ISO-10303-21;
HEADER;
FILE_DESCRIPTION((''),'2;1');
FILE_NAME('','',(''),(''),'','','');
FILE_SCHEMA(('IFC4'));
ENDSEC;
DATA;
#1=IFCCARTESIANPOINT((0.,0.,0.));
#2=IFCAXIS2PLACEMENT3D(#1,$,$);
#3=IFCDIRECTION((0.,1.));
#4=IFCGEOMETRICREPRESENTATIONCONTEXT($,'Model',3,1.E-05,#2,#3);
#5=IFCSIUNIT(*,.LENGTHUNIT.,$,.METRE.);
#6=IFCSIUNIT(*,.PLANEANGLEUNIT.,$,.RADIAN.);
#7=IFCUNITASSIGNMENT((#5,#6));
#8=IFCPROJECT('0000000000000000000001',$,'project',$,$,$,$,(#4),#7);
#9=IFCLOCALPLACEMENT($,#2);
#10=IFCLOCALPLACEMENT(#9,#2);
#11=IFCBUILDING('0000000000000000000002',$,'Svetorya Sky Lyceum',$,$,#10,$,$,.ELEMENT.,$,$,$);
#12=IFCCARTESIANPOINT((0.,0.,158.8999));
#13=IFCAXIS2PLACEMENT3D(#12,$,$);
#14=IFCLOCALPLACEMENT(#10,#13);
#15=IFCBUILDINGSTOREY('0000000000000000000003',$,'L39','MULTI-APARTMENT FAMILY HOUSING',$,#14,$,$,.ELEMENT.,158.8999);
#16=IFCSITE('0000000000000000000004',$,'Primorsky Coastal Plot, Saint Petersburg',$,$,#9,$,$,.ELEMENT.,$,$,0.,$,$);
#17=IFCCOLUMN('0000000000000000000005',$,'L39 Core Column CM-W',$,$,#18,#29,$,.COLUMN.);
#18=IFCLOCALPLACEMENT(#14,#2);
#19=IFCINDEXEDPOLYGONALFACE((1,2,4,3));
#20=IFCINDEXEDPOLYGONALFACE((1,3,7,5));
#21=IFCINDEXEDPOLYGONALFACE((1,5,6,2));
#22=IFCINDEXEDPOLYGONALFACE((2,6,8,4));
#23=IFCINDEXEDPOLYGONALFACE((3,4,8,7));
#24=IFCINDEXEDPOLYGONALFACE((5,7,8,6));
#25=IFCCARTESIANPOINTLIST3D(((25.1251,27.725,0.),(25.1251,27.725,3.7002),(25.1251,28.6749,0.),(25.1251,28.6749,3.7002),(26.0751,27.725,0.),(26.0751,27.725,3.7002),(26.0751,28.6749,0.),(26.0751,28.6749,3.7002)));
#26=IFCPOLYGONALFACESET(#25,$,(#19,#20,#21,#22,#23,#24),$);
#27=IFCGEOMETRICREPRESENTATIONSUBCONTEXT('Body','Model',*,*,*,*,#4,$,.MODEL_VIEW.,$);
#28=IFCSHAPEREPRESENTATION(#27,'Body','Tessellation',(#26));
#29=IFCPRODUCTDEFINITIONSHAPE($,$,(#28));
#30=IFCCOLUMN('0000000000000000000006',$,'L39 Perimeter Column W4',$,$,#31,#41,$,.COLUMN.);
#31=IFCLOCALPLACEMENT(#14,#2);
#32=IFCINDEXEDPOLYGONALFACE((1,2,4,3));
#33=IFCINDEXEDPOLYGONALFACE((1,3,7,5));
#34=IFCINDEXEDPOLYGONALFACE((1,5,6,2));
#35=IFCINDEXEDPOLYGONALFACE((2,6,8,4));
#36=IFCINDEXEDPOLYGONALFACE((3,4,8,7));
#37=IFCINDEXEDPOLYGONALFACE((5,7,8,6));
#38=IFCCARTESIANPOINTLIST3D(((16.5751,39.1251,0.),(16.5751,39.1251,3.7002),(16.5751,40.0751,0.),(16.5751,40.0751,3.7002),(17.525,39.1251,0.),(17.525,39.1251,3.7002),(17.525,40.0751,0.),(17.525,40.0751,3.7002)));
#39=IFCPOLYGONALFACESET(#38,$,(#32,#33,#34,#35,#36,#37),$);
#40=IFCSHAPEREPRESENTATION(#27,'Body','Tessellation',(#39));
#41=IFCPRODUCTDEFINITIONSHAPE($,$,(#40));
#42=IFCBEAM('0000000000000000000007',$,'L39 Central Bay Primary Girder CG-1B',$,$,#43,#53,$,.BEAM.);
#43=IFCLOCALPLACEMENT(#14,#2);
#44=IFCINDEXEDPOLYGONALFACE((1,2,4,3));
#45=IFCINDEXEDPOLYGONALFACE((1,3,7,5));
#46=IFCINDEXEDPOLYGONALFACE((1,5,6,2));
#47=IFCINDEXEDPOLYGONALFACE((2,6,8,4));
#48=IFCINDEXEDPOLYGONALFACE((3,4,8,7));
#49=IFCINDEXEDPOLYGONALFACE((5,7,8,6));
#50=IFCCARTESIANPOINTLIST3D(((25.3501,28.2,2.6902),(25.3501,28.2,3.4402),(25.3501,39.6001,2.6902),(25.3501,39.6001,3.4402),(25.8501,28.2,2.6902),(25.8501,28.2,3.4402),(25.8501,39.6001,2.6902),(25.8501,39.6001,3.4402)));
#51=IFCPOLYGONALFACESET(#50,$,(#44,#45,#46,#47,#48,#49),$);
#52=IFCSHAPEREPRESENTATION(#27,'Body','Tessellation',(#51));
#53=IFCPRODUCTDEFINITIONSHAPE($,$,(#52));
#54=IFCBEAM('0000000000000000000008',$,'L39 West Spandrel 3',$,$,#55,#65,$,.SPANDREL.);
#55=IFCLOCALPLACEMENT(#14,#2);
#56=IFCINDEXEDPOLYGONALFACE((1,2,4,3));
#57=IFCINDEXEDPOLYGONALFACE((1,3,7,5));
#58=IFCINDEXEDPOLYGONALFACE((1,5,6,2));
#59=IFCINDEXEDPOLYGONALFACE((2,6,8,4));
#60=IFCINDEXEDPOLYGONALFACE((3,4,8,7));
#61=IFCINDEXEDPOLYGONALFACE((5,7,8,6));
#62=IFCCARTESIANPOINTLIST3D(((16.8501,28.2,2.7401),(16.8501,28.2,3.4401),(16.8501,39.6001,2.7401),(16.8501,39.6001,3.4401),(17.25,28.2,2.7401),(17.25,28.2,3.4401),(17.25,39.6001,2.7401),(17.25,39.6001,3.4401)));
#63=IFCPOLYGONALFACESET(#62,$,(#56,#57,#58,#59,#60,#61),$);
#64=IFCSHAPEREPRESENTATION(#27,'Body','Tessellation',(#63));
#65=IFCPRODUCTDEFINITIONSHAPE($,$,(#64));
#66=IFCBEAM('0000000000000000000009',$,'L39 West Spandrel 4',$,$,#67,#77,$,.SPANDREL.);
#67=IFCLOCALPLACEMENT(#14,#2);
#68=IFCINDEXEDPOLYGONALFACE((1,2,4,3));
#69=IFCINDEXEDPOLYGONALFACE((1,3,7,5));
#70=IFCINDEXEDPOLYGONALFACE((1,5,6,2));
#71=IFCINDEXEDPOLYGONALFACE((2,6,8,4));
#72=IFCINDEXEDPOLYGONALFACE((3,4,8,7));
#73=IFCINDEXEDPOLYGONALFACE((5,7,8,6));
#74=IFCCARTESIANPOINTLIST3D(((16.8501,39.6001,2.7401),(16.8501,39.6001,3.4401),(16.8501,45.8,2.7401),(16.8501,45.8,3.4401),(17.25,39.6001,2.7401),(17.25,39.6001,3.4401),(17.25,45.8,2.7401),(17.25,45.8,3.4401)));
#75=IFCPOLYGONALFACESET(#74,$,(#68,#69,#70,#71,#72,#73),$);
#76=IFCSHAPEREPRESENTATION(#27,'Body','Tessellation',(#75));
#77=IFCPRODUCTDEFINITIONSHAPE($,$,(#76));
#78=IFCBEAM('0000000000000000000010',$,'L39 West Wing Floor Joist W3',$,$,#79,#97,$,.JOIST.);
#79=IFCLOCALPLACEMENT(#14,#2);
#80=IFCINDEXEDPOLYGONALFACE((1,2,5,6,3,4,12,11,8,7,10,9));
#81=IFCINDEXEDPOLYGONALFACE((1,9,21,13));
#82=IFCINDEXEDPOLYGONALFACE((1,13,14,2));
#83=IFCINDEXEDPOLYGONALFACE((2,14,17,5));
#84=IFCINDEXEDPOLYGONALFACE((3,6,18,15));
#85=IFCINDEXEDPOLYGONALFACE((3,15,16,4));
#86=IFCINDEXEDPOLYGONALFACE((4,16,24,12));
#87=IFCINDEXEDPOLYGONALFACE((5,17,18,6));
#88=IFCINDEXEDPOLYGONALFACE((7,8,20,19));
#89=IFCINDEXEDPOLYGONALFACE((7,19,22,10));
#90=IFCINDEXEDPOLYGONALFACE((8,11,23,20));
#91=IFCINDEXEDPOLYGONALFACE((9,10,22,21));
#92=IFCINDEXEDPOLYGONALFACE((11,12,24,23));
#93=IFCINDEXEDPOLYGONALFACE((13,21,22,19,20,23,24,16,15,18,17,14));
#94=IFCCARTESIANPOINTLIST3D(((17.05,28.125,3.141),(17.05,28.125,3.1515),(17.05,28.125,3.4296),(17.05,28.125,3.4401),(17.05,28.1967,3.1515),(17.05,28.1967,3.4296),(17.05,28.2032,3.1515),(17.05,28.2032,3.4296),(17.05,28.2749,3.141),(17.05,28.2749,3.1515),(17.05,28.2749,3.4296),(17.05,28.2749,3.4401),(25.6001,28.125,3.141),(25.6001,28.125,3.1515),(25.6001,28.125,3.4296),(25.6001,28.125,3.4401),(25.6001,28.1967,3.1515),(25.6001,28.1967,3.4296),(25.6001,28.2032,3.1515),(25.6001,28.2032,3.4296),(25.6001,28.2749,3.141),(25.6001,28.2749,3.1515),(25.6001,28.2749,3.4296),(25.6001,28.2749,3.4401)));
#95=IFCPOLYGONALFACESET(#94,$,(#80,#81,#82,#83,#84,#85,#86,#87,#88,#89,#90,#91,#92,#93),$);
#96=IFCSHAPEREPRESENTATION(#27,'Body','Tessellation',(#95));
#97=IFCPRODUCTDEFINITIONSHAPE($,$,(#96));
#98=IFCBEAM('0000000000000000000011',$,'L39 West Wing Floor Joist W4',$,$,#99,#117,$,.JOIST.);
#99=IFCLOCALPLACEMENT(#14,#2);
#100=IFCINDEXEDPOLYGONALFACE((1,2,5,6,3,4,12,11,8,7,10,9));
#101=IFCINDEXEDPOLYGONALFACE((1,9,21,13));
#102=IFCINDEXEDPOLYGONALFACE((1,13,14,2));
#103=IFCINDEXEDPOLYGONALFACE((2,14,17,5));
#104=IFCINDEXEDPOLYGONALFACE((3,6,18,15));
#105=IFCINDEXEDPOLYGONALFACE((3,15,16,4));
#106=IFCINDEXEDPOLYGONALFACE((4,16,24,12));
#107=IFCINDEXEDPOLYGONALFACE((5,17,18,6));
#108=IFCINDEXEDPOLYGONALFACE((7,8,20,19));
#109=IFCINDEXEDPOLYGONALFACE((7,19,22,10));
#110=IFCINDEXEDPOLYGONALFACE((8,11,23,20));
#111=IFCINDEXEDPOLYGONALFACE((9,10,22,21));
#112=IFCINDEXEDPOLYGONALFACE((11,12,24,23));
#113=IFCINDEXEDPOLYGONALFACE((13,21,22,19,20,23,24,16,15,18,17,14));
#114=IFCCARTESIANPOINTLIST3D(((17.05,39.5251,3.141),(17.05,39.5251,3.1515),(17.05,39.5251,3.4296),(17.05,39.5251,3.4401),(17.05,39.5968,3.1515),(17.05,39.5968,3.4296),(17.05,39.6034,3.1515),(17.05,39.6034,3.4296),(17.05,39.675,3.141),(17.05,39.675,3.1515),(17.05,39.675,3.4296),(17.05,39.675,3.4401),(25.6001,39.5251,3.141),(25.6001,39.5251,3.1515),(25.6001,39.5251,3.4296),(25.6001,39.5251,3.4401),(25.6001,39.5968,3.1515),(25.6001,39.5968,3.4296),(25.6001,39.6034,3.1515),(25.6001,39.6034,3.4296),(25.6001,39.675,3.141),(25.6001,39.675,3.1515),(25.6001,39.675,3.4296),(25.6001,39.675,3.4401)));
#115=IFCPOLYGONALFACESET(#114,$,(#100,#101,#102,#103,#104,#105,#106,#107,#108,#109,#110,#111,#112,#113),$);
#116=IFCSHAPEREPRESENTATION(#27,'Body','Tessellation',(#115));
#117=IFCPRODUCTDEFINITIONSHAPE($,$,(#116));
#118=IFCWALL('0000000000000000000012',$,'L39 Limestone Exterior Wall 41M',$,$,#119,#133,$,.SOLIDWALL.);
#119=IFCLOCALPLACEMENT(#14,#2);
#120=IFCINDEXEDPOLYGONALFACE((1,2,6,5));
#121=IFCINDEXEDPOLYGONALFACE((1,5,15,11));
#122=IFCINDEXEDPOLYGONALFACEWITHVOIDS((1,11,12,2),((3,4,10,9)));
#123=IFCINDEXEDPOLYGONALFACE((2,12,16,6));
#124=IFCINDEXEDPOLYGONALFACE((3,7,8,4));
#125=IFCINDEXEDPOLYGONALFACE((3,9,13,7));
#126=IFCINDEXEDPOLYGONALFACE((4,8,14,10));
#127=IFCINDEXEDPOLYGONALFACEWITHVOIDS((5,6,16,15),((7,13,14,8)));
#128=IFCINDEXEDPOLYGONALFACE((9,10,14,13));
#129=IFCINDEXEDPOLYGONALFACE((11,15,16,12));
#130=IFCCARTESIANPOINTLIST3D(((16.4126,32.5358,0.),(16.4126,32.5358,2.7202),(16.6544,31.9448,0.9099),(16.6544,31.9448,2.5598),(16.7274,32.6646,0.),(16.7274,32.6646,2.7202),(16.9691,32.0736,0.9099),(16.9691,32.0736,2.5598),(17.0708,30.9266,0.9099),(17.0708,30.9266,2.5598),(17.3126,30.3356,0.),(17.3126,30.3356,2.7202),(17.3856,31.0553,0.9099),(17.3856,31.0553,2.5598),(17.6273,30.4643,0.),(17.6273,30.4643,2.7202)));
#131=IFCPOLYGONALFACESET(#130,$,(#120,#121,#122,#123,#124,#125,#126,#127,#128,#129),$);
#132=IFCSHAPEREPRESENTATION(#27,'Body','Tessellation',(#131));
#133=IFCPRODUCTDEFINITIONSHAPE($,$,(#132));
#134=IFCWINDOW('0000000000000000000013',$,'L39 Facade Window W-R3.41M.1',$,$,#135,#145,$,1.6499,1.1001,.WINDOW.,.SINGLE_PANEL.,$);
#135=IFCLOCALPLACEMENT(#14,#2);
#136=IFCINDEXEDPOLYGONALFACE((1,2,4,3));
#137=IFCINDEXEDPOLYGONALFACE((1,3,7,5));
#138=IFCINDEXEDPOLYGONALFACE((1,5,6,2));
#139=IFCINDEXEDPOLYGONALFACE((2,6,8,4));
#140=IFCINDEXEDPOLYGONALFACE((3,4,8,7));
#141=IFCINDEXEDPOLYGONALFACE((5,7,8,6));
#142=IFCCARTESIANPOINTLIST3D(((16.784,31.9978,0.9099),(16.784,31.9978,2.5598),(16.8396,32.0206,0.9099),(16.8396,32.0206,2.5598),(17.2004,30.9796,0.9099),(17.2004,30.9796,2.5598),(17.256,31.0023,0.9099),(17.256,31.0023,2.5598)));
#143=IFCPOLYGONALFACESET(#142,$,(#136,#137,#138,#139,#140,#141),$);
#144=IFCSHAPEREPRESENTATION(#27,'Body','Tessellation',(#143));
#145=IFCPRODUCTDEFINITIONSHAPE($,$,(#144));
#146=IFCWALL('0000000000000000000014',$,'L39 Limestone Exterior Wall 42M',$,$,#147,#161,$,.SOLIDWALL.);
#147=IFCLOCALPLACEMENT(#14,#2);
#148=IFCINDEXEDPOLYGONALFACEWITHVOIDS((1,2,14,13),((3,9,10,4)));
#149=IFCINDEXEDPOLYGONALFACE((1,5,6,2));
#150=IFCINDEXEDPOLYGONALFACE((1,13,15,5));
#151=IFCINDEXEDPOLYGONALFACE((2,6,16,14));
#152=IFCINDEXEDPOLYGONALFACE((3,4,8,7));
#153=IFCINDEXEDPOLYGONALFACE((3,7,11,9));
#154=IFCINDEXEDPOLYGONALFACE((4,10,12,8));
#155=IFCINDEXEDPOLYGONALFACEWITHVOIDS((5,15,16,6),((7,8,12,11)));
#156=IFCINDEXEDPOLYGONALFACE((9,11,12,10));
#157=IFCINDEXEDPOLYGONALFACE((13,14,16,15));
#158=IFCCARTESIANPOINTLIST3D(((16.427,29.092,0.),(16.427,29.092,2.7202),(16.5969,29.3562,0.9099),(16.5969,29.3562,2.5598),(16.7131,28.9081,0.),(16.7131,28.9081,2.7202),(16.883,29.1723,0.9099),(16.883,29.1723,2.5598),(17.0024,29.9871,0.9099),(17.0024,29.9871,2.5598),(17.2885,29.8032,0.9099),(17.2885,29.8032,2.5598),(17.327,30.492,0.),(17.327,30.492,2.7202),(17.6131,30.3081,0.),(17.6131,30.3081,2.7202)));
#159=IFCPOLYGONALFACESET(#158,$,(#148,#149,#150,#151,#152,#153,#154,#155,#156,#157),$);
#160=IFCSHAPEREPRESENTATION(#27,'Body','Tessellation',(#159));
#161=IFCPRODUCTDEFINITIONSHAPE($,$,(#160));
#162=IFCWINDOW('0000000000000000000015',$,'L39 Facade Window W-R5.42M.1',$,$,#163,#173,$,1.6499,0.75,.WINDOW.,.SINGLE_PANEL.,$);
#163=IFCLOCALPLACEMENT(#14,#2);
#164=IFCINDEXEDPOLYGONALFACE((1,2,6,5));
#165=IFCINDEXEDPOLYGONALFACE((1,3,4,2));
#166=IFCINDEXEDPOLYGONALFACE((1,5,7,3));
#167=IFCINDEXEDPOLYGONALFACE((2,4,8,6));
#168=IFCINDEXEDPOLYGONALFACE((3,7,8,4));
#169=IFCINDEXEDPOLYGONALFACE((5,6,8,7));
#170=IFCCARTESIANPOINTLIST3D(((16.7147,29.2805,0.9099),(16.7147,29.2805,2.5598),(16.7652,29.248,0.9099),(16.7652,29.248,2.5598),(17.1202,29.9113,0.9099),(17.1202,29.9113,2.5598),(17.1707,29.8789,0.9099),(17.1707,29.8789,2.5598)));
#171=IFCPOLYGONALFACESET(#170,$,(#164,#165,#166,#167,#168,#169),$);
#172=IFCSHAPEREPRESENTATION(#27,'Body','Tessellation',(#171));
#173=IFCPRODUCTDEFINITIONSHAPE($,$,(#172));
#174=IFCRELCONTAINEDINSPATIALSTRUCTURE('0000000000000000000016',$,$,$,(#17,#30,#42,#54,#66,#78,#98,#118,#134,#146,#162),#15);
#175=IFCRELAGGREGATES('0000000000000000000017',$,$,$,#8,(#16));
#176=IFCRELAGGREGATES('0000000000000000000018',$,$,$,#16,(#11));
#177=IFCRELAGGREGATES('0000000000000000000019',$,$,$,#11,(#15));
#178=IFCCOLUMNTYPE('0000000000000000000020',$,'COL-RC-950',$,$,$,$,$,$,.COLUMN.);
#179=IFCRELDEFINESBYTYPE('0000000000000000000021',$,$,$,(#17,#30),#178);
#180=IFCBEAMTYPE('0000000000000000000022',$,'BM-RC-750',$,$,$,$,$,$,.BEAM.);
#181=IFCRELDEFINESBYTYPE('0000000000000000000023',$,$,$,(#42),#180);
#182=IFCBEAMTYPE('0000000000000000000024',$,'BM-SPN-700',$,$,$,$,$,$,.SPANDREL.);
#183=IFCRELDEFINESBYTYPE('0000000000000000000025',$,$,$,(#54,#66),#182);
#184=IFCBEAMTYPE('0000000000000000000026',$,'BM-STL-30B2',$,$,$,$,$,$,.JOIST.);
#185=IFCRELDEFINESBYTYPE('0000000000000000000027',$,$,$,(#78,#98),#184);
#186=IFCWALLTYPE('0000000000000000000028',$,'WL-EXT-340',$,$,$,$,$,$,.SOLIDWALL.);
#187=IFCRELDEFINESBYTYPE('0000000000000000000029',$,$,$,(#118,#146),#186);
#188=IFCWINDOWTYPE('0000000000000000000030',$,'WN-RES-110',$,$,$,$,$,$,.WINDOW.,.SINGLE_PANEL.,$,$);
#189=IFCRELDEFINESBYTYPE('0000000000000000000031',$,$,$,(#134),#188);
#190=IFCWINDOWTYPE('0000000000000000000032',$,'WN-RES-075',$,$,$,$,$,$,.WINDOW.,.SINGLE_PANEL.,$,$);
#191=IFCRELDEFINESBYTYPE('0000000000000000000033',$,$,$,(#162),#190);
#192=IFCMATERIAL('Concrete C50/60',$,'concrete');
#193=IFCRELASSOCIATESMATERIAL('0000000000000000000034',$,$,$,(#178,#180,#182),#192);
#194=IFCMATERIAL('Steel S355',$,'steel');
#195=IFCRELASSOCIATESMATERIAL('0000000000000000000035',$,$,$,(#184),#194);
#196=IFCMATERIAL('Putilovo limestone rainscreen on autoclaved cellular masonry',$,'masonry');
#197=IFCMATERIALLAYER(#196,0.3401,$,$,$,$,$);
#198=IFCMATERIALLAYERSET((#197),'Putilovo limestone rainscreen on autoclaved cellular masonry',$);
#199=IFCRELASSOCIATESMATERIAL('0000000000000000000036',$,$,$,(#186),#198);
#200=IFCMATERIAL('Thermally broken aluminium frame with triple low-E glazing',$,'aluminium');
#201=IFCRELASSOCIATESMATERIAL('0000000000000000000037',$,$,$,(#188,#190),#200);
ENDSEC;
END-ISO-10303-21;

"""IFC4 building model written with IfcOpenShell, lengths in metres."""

from ifc_helpers import new_model, si_unit, direction, frame, frame_2d, origin, origin_2d, place, context, subcontext, project, spatial, rectangle, i_section, extrude, material, layer, layer_set, material_profile, profile_set, type_object, element, fill, save


model = new_model("IFC4")

# Units and contexts
model_context = context("Model", 3, precision=1e-05, world=origin(), true_north=direction((0.0, 1.0)))
body_context = subcontext(model_context, "Body", "Model", "MODEL_VIEW")
ifc_project = project(units=[si_unit("LENGTHUNIT", "METRE"), si_unit("PLANEANGLEUNIT", "RADIAN")], contexts=[model_context])

# Site, building, storey
site_placement = place(None, origin())
site = spatial("IfcSite", under=ifc_project, at=site_placement, Name="Primorsky Coastal Plot, Saint Petersburg", CompositionType="ELEMENT", RefElevation=0.0)
building_placement = place(site_placement, origin())
building = spatial("IfcBuilding", under=site, at=building_placement, Name="Svetorya Sky Lyceum", CompositionType="ELEMENT")
storey_placement = place(building_placement, frame((0.0, 0.0, 158.8999)))
storey = spatial("IfcBuildingStorey", under=building, at=storey_placement, Name="L39", Description="MULTI-APARTMENT FAMILY HOUSING", CompositionType="ELEMENT", Elevation=158.8999)

# Columns
ifc_material_1 = material(Name="Concrete C50/60", Category="concrete")
ifc_material_profile_1 = material_profile(ifc_material_1, rectangle(XDim=0.95, YDim=0.95, at=origin_2d()), Name="RC COL 950x950")
ifc_profile_set_1 = profile_set([ifc_material_profile_1], Name="Concrete C50/60")
column_type = type_object("IfcColumnType", Name="COL-RC-950", PredefinedType="COLUMN", material=ifc_profile_set_1)
for number, where, z_axis, x_axis, name in (
    (1, (25.6001, 28.2, 0.0), (0.0, 0.0, 1.0), (1.0, 0.0, 0.0), "L39 Core Column CM-W"),
    (2, (17.05, 39.6001, 0.0), (0.0, 0.0, 1.0), (1.0, 0.0, 0.0), "L39 Perimeter Column W4"),
):
    element("IfcColumn", number, at=place(storey_placement, frame(where, z_axis=z_axis, x_axis=x_axis)), inside=storey, type_object=column_type, Name=name, PredefinedType="COLUMN", context=body_context, shape_type="SweptSolid", body=[
        extrude(rectangle(XDim=0.95, YDim=0.95, at=origin_2d()), origin(), (0.0, 0.0, 1.0), 3.7002),
    ])

# Beams
ifc_material_profile_2 = material_profile(ifc_material_1, rectangle(XDim=0.5, YDim=0.75, at=origin_2d()), Name="RC BEAM 500x750")
ifc_profile_set_2 = profile_set([ifc_material_profile_2], Name="Concrete C50/60")
beam_type_1 = type_object("IfcBeamType", Name="BM-RC-750", PredefinedType="BEAM", material=ifc_profile_set_2)
beam_1_placement = place(storey_placement, frame((25.6001, 28.2, 3.0652), z_axis=(0.0, 1.0, 0.0), x_axis=(-1.0, 0.0, 0.0)))
element("IfcBeam", 3, at=beam_1_placement, inside=storey, type_object=beam_type_1, Name="L39 Central Bay Primary Girder CG-1B", PredefinedType="BEAM", context=body_context, shape_type="SweptSolid", body=[
    extrude(rectangle(XDim=0.5, YDim=0.75, at=origin_2d()), origin(), (0.0, 0.0, 1.0), 11.4001),
])
ifc_material_profile_3 = material_profile(ifc_material_1, rectangle(XDim=0.3999, YDim=0.7, at=origin_2d()), Name="RC SPANDREL 400x700")
ifc_profile_set_3 = profile_set([ifc_material_profile_3], Name="Concrete C50/60")
beam_type_2 = type_object("IfcBeamType", Name="BM-SPN-700", PredefinedType="SPANDREL", material=ifc_profile_set_3)
beam_2_placement = place(storey_placement, frame((17.05, 28.2, 3.0901), z_axis=(0.0, 1.0, 0.0), x_axis=(-1.0, 0.0, 0.0)))
element("IfcBeam", 4, at=beam_2_placement, inside=storey, type_object=beam_type_2, Name="L39 West Spandrel 3", PredefinedType="SPANDREL", context=body_context, shape_type="SweptSolid", body=[
    extrude(rectangle(XDim=0.3999, YDim=0.7, at=origin_2d()), origin(), (0.0, 0.0, 1.0), 11.4001),
])
beam_3_placement = place(storey_placement, frame((17.05, 39.6001, 3.0901), z_axis=(0.0, 1.0, 0.0), x_axis=(-1.0, 0.0, 0.0)))
element("IfcBeam", 5, at=beam_3_placement, inside=storey, type_object=beam_type_2, Name="L39 West Spandrel 4", PredefinedType="SPANDREL", context=body_context, shape_type="SweptSolid", body=[
    extrude(rectangle(XDim=0.3999, YDim=0.7, at=origin_2d()), origin(), (0.0, 0.0, 1.0), 6.2),
])
ifc_material_2 = material(Name="Steel S355", Category="steel")
ifc_material_profile_4 = material_profile(ifc_material_2, i_section(OverallWidth=0.1499, OverallDepth=0.2991, WebThickness=0.0066, FlangeThickness=0.0105, at=origin_2d()), Name="GOST 30B2")
ifc_profile_set_4 = profile_set([ifc_material_profile_4], Name="Steel S355")
beam_type_3 = type_object("IfcBeamType", Name="BM-STL-30B2", PredefinedType="JOIST", material=ifc_profile_set_4)
for number, where, z_axis, x_axis, name in (
    (6, (17.05, 28.2, 3.2905), (1.0, 0.0, 0.0), (0.0, 1.0, 0.0), "L39 West Wing Floor Joist W3"),
    (7, (17.05, 39.6001, 3.2905), (1.0, 0.0, 0.0), (0.0, 1.0, 0.0), "L39 West Wing Floor Joist W4"),
):
    element("IfcBeam", number, at=place(storey_placement, frame(where, z_axis=z_axis, x_axis=x_axis)), inside=storey, type_object=beam_type_3, Name=name, PredefinedType="JOIST", context=body_context, shape_type="SweptSolid", body=[
        extrude(i_section(OverallWidth=0.1499, OverallDepth=0.2991, WebThickness=0.0066, FlangeThickness=0.0105, at=origin_2d()), origin(), (0.0, 0.0, 1.0), 8.55),
    ])

# Walls, openings, windows
ifc_material_3 = material(Name="Putilovo limestone rainscreen on autoclaved cellular masonry", Category="masonry")
ifc_layer_1 = layer(ifc_material_3, 0.3401)
ifc_layer_set_1 = layer_set([ifc_layer_1], Name="Putilovo limestone rainscreen on autoclaved cellular masonry")
wall_type_1 = type_object("IfcWallType", Name="WL-EXT-340", PredefinedType="SOLIDWALL", material=ifc_layer_set_1)
wall_1_placement = place(storey_placement, frame((16.5701, 32.6001, 0.0), z_axis=(0.0, 0.0, 1.0), x_axis=(0.378569, -0.925573, 0.0)))
wall_1 = element("IfcWall", 8, at=wall_1_placement, inside=storey, type_object=wall_type_1, Name="L39 Limestone Exterior Wall 41M", PredefinedType="SOLIDWALL", context=body_context, shape_type="SweptSolid", body=[
    extrude(rectangle(XDim=2.3772, YDim=0.3401, at=frame_2d((1.1885, 0.0))), origin(), (0.0, 0.0, 1.0), 2.7202),
])
opening_1_placement = place(wall_1_placement, frame((0.6384, 0.0, 0.9099)))
opening_1 = element("IfcOpeningElement", 9, at=opening_1_placement, cuts=wall_1, PredefinedType="OPENING", context=body_context, shape_type="SweptSolid", body=[
    extrude(rectangle(XDim=1.1001, YDim=1.6499, at=frame_2d((0.55, 0.825))), frame((0.0, 0.1799, 0.0), z_axis=(0.0, -1.0, 0.0), x_axis=(1.0, 0.0, 0.0)), (0.0, 0.0, 1.0), 0.3601),
])
ifc_material_4 = material(Name="Thermally broken aluminium frame with triple low-E glazing", Category="aluminium")
window_type_1 = type_object("IfcWindowType", Name="WN-RES-110", PartitioningType="SINGLE_PANEL", PredefinedType="WINDOW", material=ifc_material_4)
window_1_placement = place(opening_1_placement, origin())
window_1 = element("IfcWindow", 10, at=window_1_placement, inside=storey, type_object=window_type_1, Name="L39 Facade Window W-R3.41M.1", OverallHeight=1.6499, OverallWidth=1.1001, PartitioningType="SINGLE_PANEL", PredefinedType="WINDOW", context=body_context, shape_type="SweptSolid", body=[
    extrude(rectangle(XDim=1.1001, YDim=1.6499, at=frame_2d((0.55, 0.825))), frame((0.0, 0.03, 0.0), z_axis=(0.0, -1.0, 0.0), x_axis=(1.0, 0.0, 0.0)), (0.0, 0.0, 1.0), 0.0601),
])
fill(opening_1, window_1)
wall_2_placement = place(storey_placement, frame((17.47, 30.3999, 0.0), z_axis=(0.0, 0.0, 1.0), x_axis=(-0.540743, -0.841188, 0.0)))
wall_2 = element("IfcWall", 11, at=wall_2_placement, inside=storey, type_object=wall_type_1, Name="L39 Limestone Exterior Wall 42M", PredefinedType="SOLIDWALL", context=body_context, shape_type="SweptSolid", body=[
    extrude(rectangle(XDim=1.6643, YDim=0.3401, at=frame_2d((0.832, 0.0))), origin(), (0.0, 0.0, 1.0), 2.7202),
])
opening_2_placement = place(wall_2_placement, frame((0.6001, 0.0, 0.9099)))
opening_2 = element("IfcOpeningElement", 12, at=opening_2_placement, cuts=wall_2, PredefinedType="OPENING", context=body_context, shape_type="SweptSolid", body=[
    extrude(rectangle(XDim=0.75, YDim=1.6499, at=frame_2d((0.375, 0.825))), frame((0.0, 0.1799, 0.0), z_axis=(0.0, -1.0, 0.0), x_axis=(1.0, 0.0, 0.0)), (0.0, 0.0, 1.0), 0.3601),
])
window_type_2 = type_object("IfcWindowType", Name="WN-RES-075", PartitioningType="SINGLE_PANEL", PredefinedType="WINDOW", material=ifc_material_4)
window_2_placement = place(opening_2_placement, origin())
window_2 = element("IfcWindow", 13, at=window_2_placement, inside=storey, type_object=window_type_2, Name="L39 Facade Window W-R5.42M.1", OverallHeight=1.6499, OverallWidth=0.75, PartitioningType="SINGLE_PANEL", PredefinedType="WINDOW", context=body_context, shape_type="SweptSolid", body=[
    extrude(rectangle(XDim=0.75, YDim=1.6499, at=frame_2d((0.375, 0.825))), frame((0.0, 0.03, 0.0), z_axis=(0.0, -1.0, 0.0), x_axis=(1.0, 0.0, 0.0)), (0.0, 0.0, 1.0), 0.0601),
])
fill(opening_2, window_2)

save(model, "model.ifc")
